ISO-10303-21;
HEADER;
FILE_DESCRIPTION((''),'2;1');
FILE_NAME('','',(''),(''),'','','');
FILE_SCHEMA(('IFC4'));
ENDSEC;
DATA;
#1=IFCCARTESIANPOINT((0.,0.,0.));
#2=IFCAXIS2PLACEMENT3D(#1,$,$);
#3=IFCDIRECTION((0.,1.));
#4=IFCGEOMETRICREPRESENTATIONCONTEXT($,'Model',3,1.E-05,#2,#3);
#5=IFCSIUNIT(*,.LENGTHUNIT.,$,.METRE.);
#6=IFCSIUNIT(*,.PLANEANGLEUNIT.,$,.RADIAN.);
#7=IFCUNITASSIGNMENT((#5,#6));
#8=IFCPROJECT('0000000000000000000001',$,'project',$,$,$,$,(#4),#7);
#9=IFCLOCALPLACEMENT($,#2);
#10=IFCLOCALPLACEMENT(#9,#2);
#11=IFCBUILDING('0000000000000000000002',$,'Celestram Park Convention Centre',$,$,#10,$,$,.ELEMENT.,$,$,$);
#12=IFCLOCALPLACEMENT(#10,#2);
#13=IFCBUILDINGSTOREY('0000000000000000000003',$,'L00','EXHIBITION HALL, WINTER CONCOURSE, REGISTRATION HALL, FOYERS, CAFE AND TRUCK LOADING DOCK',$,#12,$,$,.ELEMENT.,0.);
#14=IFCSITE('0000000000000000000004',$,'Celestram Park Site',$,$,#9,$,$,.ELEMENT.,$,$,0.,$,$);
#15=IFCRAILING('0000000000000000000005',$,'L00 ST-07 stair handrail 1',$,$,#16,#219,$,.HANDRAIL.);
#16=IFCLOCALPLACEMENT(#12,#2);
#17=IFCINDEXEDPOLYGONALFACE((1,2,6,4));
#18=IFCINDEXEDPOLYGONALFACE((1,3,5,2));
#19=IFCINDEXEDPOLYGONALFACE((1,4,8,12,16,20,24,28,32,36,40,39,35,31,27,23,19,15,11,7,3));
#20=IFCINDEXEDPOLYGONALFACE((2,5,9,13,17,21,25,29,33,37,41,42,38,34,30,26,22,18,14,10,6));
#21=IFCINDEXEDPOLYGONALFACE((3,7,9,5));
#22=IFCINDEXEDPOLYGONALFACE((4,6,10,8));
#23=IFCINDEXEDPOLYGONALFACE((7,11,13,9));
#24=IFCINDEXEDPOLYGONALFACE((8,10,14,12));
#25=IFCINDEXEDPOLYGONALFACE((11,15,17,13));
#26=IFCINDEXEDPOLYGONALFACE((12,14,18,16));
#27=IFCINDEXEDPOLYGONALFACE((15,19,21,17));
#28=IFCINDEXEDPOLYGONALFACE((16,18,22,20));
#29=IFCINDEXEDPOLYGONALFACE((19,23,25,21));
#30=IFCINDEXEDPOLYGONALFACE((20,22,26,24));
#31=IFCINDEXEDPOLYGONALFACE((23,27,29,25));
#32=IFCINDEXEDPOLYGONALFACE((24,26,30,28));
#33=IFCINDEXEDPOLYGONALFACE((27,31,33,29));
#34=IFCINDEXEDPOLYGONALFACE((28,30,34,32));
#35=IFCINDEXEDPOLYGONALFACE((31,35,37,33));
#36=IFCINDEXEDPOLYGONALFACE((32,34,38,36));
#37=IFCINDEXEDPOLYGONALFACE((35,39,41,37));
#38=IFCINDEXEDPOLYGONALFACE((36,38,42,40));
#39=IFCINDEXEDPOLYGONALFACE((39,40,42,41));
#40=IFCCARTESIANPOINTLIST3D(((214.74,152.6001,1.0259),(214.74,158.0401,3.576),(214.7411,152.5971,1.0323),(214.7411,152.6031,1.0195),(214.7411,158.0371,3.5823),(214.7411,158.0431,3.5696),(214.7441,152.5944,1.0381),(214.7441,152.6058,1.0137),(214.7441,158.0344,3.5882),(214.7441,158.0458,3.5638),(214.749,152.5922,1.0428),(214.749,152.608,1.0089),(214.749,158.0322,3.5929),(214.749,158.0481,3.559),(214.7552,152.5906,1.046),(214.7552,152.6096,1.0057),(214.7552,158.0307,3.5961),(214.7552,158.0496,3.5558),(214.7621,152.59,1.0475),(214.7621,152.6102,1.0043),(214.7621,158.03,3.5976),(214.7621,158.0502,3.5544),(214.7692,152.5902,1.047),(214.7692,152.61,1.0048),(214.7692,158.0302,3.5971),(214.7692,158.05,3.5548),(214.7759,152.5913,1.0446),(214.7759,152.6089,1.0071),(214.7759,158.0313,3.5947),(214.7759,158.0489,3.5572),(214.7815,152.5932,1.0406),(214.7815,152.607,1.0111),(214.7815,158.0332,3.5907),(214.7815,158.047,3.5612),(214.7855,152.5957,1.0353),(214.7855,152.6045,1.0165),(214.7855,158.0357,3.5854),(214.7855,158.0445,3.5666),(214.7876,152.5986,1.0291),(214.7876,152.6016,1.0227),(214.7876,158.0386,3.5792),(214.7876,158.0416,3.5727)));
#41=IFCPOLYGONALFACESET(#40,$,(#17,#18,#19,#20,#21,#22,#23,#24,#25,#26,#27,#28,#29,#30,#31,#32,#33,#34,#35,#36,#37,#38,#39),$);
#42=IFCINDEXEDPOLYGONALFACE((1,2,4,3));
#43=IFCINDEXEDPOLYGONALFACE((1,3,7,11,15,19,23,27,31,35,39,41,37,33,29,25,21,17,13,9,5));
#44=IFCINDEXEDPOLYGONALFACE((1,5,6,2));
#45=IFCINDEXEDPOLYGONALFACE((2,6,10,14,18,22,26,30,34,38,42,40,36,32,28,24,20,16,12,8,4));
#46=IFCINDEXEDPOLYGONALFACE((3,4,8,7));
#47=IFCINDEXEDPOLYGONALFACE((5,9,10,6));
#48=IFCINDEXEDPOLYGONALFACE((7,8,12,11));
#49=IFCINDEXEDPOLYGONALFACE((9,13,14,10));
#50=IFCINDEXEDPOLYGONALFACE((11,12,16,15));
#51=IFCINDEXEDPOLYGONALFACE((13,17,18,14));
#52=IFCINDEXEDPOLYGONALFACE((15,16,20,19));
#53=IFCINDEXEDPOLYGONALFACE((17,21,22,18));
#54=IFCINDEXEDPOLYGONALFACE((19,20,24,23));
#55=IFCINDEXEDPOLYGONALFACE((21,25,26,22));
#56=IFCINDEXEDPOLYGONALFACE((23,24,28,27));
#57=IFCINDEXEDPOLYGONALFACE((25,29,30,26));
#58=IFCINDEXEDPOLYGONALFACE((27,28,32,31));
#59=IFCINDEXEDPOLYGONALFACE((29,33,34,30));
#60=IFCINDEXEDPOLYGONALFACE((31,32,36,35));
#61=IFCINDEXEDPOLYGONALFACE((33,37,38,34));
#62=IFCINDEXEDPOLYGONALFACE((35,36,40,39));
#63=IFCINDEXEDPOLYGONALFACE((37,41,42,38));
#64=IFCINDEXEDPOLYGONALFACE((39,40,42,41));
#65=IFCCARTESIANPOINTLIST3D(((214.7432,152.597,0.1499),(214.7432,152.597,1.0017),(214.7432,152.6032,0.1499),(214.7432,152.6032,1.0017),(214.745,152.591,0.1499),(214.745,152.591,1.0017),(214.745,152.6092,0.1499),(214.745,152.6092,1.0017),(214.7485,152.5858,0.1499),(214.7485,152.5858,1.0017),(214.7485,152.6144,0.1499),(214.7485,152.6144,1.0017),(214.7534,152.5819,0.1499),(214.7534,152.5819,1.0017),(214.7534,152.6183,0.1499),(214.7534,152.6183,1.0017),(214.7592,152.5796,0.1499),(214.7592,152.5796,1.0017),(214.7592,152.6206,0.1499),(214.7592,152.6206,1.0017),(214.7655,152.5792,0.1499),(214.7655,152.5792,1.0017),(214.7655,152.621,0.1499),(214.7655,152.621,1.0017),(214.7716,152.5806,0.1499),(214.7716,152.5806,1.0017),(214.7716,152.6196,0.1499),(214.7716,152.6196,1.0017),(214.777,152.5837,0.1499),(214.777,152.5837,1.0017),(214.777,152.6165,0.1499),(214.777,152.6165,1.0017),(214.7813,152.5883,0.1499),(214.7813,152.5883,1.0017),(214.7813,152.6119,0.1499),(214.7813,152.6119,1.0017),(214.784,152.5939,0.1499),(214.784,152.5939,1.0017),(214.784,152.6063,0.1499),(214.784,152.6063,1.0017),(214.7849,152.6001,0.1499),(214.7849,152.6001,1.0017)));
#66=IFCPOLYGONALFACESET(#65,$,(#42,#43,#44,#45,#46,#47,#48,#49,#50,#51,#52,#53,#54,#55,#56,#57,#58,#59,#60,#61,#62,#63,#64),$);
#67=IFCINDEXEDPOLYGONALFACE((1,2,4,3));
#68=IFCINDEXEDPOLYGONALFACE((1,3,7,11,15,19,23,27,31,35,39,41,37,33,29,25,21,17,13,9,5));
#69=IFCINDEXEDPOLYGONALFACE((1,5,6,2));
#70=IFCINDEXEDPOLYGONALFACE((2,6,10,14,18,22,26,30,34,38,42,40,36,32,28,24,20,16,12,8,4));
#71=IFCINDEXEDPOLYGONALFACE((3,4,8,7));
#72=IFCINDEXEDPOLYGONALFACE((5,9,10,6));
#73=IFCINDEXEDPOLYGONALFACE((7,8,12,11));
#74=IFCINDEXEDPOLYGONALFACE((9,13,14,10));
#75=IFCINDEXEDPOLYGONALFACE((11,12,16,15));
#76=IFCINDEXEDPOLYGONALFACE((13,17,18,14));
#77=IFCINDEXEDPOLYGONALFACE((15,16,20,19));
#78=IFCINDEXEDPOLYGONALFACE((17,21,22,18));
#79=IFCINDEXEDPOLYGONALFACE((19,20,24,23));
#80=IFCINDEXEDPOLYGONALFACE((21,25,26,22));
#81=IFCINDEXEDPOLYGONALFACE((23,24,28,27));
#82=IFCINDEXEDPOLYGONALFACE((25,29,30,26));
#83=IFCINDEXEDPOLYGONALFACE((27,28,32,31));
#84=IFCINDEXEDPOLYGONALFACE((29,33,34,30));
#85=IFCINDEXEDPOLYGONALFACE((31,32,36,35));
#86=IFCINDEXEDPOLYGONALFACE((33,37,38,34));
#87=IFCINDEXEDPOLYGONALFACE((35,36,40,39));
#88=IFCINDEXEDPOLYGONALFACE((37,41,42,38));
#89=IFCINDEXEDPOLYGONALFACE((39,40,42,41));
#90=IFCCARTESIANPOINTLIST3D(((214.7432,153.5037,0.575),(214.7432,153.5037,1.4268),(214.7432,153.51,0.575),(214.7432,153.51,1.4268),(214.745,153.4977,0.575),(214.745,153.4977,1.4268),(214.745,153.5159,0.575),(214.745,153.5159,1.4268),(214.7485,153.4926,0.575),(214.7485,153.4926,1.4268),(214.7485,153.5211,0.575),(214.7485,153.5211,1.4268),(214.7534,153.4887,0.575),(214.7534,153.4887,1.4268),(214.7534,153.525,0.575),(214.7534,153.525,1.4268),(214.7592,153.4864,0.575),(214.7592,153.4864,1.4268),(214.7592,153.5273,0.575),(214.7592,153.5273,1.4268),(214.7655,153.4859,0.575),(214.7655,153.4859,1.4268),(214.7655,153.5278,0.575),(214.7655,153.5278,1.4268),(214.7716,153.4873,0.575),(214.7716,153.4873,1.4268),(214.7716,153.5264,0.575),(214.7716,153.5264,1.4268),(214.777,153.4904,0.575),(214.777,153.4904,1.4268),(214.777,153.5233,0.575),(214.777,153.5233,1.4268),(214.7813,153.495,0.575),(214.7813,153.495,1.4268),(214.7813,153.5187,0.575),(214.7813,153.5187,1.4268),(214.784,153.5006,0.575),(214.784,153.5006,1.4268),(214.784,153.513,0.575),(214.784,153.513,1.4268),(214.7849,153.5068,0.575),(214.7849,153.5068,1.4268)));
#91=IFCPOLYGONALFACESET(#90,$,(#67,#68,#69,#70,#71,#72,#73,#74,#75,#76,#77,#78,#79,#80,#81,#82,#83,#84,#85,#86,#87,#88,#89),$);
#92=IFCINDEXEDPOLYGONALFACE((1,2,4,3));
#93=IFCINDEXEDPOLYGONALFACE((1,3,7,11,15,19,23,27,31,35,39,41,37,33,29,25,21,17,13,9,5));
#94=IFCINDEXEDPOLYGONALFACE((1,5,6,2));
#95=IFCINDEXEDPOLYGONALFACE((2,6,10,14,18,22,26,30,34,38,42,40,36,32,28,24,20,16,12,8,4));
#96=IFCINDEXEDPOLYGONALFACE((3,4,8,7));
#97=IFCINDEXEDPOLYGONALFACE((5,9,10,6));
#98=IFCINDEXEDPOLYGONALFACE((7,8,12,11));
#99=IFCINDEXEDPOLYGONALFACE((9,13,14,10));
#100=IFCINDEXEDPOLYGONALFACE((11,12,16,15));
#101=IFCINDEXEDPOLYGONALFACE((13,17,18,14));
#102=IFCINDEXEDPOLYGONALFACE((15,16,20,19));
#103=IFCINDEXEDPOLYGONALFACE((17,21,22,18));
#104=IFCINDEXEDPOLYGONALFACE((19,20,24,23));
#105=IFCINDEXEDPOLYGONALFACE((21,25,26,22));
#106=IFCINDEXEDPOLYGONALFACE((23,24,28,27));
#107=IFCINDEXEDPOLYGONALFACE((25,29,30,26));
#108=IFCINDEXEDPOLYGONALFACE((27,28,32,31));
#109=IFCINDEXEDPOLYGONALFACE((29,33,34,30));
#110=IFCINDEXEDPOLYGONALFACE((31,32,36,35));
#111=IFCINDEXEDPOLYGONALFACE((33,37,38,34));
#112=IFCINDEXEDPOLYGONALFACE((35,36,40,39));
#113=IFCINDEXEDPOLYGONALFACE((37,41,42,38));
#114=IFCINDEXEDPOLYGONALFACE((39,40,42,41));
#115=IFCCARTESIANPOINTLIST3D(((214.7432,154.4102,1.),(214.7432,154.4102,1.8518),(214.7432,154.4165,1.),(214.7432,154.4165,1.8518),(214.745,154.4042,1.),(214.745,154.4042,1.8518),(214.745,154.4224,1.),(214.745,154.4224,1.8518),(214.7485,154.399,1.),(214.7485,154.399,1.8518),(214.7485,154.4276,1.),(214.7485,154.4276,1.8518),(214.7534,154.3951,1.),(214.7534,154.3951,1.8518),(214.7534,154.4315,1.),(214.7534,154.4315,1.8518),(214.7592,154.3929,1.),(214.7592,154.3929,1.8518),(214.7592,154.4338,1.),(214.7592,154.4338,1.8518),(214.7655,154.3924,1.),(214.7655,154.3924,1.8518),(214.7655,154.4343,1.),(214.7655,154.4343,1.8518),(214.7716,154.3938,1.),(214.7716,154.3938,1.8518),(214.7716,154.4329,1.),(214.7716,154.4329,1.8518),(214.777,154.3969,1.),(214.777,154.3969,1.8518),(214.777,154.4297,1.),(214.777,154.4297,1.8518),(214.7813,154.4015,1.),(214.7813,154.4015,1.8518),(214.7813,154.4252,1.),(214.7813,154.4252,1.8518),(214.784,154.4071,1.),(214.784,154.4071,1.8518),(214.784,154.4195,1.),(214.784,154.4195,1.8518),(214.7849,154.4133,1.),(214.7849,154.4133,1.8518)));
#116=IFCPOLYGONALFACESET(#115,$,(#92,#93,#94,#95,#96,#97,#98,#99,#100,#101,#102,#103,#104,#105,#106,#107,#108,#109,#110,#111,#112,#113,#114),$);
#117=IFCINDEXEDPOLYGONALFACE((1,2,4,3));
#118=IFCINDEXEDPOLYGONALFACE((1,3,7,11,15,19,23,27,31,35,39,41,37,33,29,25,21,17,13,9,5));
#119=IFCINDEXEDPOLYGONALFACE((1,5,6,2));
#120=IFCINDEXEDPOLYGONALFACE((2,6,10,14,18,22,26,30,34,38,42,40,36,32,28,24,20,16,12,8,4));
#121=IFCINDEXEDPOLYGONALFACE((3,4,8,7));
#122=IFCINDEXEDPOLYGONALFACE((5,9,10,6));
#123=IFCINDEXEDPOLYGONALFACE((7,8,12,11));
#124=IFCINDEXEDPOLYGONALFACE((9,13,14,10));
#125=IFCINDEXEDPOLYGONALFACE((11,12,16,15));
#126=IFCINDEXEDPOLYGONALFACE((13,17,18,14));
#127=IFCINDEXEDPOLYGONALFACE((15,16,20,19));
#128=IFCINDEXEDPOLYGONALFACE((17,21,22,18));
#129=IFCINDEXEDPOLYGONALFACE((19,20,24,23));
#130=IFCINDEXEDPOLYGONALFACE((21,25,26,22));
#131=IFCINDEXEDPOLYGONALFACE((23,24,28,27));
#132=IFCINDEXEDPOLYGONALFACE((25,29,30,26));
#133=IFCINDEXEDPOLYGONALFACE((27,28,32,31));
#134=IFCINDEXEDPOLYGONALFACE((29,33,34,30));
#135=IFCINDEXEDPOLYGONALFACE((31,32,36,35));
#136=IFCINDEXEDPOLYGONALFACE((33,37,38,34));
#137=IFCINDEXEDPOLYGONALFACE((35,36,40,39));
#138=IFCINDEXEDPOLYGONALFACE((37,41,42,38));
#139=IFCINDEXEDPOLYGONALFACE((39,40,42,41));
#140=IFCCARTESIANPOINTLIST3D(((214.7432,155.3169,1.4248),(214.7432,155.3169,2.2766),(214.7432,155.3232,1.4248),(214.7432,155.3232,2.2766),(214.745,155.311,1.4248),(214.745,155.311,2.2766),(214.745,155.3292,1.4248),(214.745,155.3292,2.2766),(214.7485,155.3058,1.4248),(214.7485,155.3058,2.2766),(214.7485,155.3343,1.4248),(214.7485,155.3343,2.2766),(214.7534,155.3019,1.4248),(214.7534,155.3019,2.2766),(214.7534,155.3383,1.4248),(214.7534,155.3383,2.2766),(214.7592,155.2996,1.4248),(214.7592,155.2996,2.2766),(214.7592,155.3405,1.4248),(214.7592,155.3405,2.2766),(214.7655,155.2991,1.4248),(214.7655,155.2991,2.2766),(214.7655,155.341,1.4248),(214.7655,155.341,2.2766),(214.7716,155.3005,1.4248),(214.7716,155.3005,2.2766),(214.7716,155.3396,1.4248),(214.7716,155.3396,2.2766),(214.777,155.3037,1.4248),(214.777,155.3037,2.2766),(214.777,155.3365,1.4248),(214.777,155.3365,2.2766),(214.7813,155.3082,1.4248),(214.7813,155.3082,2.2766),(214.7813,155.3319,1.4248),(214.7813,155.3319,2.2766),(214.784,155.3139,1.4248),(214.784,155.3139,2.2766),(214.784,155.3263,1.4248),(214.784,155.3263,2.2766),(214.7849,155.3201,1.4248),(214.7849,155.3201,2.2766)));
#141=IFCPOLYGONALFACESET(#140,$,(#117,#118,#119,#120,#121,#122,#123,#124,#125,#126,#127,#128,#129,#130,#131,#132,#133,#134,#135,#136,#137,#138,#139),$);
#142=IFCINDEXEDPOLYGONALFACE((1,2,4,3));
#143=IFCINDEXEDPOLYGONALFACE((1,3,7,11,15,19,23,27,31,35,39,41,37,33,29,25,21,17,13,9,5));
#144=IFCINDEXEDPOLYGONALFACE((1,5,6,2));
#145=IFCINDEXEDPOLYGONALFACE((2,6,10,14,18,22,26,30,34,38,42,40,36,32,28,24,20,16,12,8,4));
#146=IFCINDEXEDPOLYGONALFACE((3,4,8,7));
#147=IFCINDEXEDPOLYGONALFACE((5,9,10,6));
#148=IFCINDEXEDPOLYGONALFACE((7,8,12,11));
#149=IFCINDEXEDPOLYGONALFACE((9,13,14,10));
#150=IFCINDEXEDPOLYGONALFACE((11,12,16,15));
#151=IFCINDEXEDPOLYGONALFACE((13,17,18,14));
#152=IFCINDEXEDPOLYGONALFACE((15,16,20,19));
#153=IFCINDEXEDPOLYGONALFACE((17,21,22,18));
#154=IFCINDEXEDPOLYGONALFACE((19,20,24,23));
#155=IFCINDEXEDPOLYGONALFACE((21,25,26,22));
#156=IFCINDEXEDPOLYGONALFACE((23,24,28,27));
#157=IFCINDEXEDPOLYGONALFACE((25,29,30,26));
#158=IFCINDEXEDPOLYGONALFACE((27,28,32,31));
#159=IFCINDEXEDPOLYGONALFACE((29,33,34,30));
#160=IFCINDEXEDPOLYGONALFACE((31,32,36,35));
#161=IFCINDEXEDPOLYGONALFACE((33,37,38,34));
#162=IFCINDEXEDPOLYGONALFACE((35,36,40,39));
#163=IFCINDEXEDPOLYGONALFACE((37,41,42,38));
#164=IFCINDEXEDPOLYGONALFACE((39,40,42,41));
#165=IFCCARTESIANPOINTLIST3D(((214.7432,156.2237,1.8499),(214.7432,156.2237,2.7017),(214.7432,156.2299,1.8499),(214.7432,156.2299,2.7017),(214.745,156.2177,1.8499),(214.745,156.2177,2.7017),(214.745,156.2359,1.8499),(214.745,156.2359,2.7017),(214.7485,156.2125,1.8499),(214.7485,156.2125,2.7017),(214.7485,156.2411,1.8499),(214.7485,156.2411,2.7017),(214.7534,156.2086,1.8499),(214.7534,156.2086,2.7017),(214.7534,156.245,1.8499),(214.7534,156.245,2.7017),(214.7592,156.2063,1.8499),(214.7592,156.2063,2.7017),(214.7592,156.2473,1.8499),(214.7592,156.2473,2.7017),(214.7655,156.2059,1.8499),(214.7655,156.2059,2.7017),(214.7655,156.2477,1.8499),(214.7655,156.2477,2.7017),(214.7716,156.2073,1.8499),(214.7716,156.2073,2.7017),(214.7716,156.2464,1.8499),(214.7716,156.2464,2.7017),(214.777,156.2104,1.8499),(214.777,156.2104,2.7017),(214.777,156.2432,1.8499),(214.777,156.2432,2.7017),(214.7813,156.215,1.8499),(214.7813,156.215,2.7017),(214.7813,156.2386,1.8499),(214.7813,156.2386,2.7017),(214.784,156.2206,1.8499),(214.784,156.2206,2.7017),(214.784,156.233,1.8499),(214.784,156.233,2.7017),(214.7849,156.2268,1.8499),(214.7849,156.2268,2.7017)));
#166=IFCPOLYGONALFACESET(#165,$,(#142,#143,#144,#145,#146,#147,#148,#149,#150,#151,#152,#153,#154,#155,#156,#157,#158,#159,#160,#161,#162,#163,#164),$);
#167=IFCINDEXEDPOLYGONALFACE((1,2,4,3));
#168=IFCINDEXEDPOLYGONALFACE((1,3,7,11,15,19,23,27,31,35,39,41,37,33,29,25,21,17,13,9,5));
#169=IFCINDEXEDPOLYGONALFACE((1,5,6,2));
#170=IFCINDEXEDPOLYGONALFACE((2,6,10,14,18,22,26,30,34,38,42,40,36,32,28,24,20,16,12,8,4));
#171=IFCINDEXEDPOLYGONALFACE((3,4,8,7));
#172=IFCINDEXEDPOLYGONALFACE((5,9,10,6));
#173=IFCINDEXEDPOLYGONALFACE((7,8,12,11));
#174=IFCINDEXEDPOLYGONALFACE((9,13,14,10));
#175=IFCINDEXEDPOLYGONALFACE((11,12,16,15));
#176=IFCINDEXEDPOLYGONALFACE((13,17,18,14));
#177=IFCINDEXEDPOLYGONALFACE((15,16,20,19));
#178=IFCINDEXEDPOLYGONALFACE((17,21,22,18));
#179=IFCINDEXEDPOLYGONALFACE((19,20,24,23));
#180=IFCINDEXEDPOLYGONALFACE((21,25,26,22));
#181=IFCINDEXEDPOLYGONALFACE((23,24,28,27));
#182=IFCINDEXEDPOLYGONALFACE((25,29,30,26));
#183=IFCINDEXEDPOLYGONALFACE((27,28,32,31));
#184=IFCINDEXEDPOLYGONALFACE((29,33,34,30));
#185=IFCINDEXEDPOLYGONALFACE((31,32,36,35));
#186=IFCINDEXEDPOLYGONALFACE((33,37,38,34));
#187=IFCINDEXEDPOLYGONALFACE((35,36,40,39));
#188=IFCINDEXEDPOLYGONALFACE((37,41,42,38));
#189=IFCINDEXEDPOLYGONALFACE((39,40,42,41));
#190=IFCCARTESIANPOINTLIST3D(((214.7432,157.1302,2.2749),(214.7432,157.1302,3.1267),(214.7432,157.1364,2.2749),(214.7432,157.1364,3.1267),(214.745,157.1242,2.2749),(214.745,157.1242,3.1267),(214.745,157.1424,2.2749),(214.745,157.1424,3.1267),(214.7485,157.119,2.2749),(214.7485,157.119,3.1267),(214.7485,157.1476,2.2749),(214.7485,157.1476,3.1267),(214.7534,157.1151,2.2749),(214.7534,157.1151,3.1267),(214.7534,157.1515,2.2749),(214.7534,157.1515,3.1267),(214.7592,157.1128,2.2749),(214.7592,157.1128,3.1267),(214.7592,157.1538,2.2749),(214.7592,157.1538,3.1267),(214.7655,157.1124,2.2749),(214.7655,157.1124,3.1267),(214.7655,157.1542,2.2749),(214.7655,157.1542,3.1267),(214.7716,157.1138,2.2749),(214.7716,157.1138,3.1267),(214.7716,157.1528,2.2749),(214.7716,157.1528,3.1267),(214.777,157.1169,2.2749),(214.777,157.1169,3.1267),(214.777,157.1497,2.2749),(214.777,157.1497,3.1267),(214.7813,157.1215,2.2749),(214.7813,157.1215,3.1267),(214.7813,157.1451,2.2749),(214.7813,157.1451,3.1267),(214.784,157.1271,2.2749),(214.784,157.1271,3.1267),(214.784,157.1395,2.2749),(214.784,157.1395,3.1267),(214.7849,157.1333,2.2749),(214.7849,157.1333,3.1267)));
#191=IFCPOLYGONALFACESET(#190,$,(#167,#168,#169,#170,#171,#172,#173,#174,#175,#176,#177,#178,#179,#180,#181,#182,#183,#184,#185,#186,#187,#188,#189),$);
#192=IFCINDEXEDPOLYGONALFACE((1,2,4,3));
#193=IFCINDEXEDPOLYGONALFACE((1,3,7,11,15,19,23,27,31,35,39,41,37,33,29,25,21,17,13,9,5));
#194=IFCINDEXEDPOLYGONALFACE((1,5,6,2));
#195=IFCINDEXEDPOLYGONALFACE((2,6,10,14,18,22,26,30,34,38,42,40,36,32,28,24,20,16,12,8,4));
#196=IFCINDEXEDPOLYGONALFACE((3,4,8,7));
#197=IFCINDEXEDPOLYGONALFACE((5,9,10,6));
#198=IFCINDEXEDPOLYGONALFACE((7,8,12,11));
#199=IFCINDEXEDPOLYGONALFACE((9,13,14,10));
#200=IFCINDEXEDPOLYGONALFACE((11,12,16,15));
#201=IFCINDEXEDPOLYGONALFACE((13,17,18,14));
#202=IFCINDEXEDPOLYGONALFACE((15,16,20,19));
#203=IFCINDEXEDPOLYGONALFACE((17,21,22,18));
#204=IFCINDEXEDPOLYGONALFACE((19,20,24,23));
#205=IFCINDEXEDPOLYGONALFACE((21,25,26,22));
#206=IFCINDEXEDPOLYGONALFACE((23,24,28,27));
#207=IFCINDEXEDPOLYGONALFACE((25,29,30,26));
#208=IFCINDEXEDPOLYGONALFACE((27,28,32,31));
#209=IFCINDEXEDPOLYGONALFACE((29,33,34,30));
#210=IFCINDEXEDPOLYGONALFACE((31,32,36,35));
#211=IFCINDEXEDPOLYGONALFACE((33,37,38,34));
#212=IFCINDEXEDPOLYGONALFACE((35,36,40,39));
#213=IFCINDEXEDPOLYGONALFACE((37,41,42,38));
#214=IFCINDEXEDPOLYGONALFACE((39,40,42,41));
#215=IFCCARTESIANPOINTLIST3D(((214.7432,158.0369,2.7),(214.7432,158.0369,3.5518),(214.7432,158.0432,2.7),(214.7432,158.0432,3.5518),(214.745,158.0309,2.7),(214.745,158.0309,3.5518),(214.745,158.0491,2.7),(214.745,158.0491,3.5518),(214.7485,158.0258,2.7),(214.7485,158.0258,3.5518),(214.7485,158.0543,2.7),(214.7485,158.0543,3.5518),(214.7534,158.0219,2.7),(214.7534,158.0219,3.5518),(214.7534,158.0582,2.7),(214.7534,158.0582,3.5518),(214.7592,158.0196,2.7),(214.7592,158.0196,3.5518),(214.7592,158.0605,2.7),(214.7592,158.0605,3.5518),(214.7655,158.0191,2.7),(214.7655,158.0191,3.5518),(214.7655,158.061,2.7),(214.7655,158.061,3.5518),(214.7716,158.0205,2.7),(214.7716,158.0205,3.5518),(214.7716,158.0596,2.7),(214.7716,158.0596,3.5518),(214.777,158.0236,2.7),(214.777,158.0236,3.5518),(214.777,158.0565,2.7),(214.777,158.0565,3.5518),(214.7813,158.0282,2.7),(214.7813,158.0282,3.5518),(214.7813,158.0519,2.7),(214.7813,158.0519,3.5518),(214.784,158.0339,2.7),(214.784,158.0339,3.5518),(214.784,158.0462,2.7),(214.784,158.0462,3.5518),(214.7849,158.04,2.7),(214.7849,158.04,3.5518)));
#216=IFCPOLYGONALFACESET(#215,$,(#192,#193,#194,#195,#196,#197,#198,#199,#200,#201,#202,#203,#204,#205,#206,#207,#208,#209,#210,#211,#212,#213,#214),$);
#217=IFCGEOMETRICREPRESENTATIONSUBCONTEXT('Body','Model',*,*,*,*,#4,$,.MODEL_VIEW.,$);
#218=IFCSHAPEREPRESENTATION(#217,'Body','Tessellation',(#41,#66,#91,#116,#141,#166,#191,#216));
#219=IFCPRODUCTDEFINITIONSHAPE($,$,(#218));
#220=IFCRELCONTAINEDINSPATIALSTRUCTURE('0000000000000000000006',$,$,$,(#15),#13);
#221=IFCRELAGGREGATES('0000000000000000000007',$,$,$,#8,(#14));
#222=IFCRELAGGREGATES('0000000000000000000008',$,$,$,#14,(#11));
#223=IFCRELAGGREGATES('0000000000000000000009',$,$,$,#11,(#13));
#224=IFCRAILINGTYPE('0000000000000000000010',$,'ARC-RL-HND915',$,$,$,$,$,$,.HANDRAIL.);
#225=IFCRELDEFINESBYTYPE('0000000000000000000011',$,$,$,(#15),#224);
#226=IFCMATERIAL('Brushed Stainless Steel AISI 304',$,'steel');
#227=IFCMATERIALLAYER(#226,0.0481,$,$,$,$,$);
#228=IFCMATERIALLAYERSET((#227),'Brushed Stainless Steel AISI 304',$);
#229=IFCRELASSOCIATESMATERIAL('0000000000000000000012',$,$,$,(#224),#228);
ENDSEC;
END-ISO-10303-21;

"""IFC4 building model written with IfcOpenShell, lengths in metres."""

from ifc_helpers import new_model, si_unit, direction, frame, origin, origin_2d, place, context, subcontext, project, spatial, circle, extrude, material, layer, layer_set, type_object, element, save


model = new_model("IFC4")

# Units and contexts
model_context = context("Model", 3, precision=1e-05, world=origin(), true_north=direction((0.0, 1.0)))
body_context = subcontext(model_context, "Body", "Model", "MODEL_VIEW")
ifc_project = project(units=[si_unit("LENGTHUNIT", "METRE"), si_unit("PLANEANGLEUNIT", "RADIAN")], contexts=[model_context])

# Site, building, storey
site_placement = place(None, origin())
site = spatial("IfcSite", under=ifc_project, at=site_placement, Name="Celestram Park Site", CompositionType="ELEMENT", RefElevation=0.0)
building_placement = place(site_placement, origin())
building = spatial("IfcBuilding", under=site, at=building_placement, Name="Celestram Park Convention Centre", CompositionType="ELEMENT")
storey_placement = place(building_placement, origin())
storey = spatial("IfcBuildingStorey", under=building, at=storey_placement, Name="L00", Description="EXHIBITION HALL, WINTER CONCOURSE, REGISTRATION HALL, FOYERS, CAFE AND TRUCK LOADING DOCK", CompositionType="ELEMENT", Elevation=0.0)

# Railing
ifc_material_1 = material(Name="Brushed Stainless Steel AISI 304", Category="steel")
ifc_layer_1 = layer(ifc_material_1, 0.0481)
ifc_layer_set_1 = layer_set([ifc_layer_1], Name="Brushed Stainless Steel AISI 304")
railing_type_1 = type_object("IfcRailingType", Name="ARC-RL-HND915", PredefinedType="HANDRAIL", material=ifc_layer_set_1)
railing_1_placement = place(storey_placement, frame((214.7639, 152.6001, 0.1499)))
element("IfcRailing", 1, at=railing_1_placement, inside=storey, type_object=railing_type_1, Name="L00 ST-07 stair handrail 1", PredefinedType="HANDRAIL", context=body_context, shape_type="SweptSolid", body=[
    extrude(circle(Radius=0.0239, at=origin_2d()), frame((0.0, 0.0, 0.876), z_axis=(0.0, 0.905454, 0.424444), x_axis=(-1.0, 0.0, 0.0)), (0.0, 0.0, 1.0), 6.0081),
    extrude(circle(Radius=0.021, at=origin_2d()), origin(), (0.0, 0.0, 1.0), 0.8518),
    extrude(circle(Radius=0.021, at=origin_2d()), frame((0.0, 0.9067, 0.425)), (0.0, 0.0, 1.0), 0.8518),
    extrude(circle(Radius=0.021, at=origin_2d()), frame((0.0, 1.8132, 0.8501)), (0.0, 0.0, 1.0), 0.8518),
    extrude(circle(Radius=0.021, at=origin_2d()), frame((0.0, 2.72, 1.2749)), (0.0, 0.0, 1.0), 0.8518),
    extrude(circle(Radius=0.021, at=origin_2d()), frame((0.0, 3.6267, 1.7)), (0.0, 0.0, 1.0), 0.8518),
    extrude(circle(Radius=0.021, at=origin_2d()), frame((0.0, 4.5332, 2.125)), (0.0, 0.0, 1.0), 0.8518),
    extrude(circle(Radius=0.021, at=origin_2d()), frame((0.0, 5.4399, 2.55)), (0.0, 0.0, 1.0), 0.8518),
])

save(model, "model.ifc")
